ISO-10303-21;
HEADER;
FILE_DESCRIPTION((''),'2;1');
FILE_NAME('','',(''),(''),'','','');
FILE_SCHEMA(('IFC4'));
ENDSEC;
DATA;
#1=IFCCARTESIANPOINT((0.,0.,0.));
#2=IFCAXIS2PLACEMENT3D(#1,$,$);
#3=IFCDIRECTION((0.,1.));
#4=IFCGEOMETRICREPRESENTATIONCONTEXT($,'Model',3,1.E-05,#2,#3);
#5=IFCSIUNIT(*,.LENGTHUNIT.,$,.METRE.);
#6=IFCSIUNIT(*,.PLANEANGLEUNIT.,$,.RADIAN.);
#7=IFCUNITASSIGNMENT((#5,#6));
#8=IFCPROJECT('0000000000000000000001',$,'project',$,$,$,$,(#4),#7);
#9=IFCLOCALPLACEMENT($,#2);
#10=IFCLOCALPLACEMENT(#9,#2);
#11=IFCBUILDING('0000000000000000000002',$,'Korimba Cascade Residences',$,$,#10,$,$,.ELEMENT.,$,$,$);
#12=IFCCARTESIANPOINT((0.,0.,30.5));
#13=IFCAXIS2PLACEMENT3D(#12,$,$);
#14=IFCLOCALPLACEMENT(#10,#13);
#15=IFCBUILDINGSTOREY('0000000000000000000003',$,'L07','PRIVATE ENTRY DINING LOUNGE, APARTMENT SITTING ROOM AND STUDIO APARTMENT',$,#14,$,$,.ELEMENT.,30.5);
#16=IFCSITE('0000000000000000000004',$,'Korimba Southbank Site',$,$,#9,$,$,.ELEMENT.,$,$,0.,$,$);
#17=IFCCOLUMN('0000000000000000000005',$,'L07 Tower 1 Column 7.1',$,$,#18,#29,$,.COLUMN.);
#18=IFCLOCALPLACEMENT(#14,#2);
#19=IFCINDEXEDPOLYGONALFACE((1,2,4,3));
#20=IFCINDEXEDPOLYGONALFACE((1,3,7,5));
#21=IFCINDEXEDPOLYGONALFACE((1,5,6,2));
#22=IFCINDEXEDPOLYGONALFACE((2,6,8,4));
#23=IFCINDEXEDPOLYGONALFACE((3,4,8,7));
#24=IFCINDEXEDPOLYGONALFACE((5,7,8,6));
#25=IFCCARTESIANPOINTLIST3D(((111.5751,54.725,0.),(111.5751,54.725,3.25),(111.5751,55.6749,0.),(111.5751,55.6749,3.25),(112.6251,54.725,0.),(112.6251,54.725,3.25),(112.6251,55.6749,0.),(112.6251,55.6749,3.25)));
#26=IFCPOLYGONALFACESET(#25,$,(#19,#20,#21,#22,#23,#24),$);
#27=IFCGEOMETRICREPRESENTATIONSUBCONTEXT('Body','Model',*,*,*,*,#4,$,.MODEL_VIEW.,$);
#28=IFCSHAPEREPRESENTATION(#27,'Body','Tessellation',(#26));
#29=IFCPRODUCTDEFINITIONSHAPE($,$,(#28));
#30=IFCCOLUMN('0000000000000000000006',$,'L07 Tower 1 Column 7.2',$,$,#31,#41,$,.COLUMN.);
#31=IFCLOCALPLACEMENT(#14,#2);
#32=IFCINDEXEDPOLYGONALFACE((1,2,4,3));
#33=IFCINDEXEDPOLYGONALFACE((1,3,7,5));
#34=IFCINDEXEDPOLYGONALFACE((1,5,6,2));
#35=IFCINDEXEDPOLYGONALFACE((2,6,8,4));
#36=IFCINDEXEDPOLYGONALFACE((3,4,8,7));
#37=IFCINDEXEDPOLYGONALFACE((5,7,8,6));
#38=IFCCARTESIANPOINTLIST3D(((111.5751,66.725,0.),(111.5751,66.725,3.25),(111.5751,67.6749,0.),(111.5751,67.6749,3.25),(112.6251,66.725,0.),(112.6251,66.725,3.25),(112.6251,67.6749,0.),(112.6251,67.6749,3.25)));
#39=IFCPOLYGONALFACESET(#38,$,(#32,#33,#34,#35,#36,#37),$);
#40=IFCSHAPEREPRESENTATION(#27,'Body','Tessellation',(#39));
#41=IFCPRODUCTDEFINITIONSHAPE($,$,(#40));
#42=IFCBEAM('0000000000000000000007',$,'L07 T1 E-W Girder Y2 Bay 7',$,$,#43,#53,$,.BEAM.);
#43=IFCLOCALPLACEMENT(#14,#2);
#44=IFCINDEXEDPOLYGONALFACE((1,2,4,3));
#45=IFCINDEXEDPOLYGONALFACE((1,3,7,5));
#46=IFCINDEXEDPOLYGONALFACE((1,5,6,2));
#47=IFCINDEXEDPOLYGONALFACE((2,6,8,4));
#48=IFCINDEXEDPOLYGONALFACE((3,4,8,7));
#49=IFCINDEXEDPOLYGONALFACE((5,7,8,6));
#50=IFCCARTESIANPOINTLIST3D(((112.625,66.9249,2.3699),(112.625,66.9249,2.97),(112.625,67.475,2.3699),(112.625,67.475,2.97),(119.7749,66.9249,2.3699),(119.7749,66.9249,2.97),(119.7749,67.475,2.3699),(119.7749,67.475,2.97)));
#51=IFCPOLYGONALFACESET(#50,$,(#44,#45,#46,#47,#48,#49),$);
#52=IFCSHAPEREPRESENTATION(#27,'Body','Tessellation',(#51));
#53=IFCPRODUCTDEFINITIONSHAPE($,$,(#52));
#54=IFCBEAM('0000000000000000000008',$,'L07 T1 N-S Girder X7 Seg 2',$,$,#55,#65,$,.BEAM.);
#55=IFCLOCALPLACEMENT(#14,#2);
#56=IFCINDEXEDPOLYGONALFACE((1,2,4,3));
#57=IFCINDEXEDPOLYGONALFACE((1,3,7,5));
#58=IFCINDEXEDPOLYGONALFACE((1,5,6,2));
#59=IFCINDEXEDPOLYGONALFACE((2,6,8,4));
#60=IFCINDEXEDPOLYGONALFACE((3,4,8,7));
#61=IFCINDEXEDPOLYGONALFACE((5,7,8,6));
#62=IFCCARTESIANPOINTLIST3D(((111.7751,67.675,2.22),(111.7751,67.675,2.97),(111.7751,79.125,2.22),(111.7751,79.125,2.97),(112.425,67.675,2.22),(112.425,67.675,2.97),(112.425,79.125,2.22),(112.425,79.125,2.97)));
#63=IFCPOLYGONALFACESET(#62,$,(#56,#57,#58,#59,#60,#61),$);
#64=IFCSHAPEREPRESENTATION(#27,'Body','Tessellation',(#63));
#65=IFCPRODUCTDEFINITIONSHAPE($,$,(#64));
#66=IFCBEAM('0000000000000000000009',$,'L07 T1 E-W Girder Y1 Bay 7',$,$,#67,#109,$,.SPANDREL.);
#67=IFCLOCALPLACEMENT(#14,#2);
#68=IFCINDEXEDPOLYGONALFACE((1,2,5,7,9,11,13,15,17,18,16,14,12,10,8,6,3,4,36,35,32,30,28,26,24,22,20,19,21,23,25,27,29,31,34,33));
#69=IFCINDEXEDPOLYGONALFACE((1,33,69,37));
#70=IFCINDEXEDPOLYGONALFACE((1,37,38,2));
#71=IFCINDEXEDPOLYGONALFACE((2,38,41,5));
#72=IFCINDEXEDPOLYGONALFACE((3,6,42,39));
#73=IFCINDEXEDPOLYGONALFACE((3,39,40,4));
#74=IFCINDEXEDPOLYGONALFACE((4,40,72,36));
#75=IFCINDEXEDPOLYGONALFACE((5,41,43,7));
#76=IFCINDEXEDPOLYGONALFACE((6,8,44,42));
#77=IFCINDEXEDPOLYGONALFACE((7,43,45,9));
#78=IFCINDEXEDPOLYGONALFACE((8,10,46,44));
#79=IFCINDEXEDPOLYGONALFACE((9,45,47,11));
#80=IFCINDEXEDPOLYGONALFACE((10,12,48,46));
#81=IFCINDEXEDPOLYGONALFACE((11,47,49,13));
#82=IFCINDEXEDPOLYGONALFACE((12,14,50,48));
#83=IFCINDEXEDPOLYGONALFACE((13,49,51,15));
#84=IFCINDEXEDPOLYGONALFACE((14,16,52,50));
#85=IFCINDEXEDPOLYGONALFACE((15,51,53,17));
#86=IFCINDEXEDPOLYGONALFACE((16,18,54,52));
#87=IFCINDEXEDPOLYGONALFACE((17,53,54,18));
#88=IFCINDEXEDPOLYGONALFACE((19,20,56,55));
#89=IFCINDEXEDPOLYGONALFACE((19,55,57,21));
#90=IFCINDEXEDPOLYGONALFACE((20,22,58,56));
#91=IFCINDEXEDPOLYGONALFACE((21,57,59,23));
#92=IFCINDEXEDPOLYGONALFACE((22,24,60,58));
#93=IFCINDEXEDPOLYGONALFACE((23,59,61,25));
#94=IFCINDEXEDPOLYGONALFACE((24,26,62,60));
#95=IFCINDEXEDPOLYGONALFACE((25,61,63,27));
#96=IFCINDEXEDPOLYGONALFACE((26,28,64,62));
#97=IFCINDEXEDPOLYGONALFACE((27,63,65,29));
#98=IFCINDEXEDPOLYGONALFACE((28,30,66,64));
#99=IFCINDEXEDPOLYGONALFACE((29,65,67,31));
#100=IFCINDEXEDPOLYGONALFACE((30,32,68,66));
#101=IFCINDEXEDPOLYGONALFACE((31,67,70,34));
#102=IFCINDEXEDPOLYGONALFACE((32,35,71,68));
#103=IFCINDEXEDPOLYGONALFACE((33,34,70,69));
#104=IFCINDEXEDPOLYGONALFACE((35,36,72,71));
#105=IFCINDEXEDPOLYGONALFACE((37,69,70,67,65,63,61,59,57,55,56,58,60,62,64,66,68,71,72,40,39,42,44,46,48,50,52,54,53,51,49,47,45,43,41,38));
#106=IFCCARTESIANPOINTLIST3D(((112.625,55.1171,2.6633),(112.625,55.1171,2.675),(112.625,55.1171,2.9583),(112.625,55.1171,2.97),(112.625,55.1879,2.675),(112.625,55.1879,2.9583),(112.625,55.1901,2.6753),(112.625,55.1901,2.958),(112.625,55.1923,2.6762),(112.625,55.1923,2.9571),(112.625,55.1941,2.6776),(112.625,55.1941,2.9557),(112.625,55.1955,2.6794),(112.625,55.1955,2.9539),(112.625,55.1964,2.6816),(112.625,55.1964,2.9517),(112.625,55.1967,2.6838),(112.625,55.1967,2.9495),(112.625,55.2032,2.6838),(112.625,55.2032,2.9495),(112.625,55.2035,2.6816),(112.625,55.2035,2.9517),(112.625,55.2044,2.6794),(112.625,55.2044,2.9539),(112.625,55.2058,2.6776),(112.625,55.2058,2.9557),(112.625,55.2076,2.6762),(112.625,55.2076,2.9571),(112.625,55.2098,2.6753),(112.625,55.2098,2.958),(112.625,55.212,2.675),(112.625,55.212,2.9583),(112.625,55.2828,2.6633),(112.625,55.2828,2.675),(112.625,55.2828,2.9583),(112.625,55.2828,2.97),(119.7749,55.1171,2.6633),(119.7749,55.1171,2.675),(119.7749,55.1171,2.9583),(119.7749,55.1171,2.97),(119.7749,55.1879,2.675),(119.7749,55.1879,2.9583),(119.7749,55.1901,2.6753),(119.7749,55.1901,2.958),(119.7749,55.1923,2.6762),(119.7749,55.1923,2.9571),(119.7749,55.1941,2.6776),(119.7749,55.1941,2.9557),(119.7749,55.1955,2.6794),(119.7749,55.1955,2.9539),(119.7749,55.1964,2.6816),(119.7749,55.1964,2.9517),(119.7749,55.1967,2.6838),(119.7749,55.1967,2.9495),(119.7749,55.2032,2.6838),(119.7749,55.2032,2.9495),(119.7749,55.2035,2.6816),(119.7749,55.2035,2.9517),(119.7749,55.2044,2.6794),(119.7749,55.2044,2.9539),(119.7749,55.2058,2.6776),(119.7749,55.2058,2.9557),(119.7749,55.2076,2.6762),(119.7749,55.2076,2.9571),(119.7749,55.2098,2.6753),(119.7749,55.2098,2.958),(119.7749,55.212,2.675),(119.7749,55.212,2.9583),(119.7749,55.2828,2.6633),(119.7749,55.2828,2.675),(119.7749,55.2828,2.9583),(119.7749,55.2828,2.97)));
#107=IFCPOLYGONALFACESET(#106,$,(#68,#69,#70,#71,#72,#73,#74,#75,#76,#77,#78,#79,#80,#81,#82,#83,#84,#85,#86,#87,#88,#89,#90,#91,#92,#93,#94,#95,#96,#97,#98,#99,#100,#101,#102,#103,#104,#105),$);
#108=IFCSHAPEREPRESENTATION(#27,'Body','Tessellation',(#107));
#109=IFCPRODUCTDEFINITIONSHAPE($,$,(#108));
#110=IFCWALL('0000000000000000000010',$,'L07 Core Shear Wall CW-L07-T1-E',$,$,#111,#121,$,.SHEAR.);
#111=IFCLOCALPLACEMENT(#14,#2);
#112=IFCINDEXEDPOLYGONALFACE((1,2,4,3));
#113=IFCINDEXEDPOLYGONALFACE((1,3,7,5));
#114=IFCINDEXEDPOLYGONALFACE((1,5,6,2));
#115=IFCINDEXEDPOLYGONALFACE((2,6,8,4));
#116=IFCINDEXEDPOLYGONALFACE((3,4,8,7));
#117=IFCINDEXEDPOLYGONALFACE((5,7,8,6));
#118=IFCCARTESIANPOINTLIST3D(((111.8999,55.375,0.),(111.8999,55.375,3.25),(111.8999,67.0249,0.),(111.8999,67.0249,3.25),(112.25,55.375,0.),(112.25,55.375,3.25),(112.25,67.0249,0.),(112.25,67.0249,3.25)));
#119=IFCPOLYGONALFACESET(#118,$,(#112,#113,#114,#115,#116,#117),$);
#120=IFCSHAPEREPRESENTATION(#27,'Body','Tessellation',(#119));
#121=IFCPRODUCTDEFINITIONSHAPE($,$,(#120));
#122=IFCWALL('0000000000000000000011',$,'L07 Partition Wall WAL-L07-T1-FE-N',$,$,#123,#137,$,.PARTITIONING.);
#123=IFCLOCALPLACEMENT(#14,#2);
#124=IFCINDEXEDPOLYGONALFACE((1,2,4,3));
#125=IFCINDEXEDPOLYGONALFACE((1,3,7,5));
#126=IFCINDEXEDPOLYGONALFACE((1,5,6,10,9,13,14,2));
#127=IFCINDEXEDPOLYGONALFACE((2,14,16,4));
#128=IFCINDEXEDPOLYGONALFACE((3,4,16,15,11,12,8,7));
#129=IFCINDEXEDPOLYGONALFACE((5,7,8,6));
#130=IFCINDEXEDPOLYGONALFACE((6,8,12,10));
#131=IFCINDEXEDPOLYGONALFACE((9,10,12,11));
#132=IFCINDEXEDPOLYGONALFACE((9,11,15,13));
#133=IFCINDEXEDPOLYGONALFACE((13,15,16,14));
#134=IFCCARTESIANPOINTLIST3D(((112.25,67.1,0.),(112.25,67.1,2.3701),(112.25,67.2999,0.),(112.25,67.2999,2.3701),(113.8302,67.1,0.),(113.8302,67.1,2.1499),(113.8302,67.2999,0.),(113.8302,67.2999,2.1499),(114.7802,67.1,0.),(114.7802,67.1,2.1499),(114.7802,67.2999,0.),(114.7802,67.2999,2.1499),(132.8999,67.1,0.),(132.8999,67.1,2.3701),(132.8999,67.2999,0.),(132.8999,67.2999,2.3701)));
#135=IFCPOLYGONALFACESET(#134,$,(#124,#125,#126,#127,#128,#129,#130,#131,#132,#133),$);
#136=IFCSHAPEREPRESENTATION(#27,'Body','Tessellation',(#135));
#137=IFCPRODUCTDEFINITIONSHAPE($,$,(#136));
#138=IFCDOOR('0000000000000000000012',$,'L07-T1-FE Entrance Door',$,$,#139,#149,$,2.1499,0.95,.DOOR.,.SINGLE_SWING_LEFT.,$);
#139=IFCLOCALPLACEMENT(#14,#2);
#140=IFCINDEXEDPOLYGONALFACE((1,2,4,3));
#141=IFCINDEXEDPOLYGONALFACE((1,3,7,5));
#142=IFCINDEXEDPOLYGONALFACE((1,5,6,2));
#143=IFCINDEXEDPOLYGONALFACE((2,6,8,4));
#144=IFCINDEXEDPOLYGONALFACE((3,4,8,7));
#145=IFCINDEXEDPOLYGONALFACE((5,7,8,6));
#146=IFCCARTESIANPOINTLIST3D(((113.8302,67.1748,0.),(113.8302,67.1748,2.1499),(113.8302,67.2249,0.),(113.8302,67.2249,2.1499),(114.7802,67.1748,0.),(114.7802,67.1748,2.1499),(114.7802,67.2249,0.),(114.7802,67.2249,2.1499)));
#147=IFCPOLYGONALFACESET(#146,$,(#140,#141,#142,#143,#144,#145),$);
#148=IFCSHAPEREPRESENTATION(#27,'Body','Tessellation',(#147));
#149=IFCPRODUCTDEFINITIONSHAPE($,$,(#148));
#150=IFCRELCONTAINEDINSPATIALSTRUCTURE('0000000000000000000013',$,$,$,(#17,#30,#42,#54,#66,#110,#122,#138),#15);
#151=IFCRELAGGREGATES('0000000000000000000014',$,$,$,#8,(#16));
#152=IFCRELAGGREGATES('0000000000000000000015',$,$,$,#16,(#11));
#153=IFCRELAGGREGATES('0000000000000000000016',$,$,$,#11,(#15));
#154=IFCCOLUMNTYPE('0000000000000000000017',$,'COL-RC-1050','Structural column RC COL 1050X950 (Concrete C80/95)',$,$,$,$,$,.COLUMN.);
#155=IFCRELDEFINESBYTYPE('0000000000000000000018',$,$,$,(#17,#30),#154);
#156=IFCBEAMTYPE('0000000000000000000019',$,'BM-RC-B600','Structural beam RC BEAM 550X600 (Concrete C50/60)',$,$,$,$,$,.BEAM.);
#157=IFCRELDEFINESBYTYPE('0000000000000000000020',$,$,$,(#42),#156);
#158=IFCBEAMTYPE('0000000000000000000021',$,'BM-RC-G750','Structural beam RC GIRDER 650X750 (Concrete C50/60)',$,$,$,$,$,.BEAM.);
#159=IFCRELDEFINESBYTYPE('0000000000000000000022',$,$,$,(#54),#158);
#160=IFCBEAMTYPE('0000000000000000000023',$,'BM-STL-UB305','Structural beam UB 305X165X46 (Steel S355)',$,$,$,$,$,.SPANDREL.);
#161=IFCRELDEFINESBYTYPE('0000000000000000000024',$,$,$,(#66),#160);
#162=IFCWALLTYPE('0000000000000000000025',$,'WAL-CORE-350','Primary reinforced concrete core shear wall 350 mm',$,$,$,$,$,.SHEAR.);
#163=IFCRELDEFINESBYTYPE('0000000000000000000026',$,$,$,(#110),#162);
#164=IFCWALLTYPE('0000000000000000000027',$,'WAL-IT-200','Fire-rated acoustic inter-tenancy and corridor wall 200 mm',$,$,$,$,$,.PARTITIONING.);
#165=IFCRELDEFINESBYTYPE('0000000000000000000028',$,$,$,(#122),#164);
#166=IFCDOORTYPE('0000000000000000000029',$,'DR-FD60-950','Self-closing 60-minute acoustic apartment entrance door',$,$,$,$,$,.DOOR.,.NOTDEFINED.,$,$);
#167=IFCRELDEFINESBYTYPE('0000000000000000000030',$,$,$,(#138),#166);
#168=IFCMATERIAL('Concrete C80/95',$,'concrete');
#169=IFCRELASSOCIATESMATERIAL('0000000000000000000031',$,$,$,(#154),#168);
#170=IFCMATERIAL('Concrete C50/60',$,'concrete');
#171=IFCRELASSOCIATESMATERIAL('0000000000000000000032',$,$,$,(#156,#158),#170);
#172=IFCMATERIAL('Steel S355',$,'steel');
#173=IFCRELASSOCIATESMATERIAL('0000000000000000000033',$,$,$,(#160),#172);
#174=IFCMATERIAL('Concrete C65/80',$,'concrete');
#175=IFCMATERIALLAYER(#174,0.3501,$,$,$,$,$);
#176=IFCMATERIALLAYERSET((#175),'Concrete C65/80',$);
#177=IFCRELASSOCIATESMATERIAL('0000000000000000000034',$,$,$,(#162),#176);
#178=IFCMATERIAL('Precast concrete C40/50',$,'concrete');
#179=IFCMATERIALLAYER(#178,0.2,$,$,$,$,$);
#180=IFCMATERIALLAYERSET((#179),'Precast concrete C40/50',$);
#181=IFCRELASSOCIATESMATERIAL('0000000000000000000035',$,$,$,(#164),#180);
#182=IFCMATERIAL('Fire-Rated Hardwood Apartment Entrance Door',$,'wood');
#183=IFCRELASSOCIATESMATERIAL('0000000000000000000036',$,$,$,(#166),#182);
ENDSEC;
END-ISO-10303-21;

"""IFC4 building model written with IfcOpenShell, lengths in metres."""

from ifc_helpers import new_model, si_unit, direction, frame, frame_2d, origin, origin_2d, place, context, subcontext, project, spatial, rectangle, i_section, extrude, material, layer, layer_set, material_profile, profile_set, type_object, element, fill, save


model = new_model("IFC4")

# Units and contexts
model_context = context("Model", 3, precision=1e-05, world=origin(), true_north=direction((0.0, 1.0)))
body_context = subcontext(model_context, "Body", "Model", "MODEL_VIEW")
ifc_project = project(units=[si_unit("LENGTHUNIT", "METRE"), si_unit("PLANEANGLEUNIT", "RADIAN")], contexts=[model_context])

# Site, building, storey
site_placement = place(None, origin())
site = spatial("IfcSite", under=ifc_project, at=site_placement, Name="Korimba Southbank Site", CompositionType="ELEMENT", RefElevation=0.0)
building_placement = place(site_placement, origin())
building = spatial("IfcBuilding", under=site, at=building_placement, Name="Korimba Cascade Residences", CompositionType="ELEMENT")
storey_placement = place(building_placement, frame((0.0, 0.0, 30.5)))
storey = spatial("IfcBuildingStorey", under=building, at=storey_placement, Name="L07", Description="PRIVATE ENTRY DINING LOUNGE, APARTMENT SITTING ROOM AND STUDIO APARTMENT", CompositionType="ELEMENT", Elevation=30.5)

# Columns
ifc_material_1 = material(Name="Concrete C80/95", Category="concrete")
ifc_material_profile_1 = material_profile(ifc_material_1, rectangle(XDim=1.05, YDim=0.95, at=origin_2d()), Name="Concrete C80/95")
ifc_profile_set_1 = profile_set([ifc_material_profile_1], Name="Concrete C80/95")
column_type = type_object("IfcColumnType", Name="COL-RC-1050", Description="Structural column RC COL 1050X950 (Concrete C80/95)", PredefinedType="COLUMN", material=ifc_profile_set_1)
for number, where, z_axis, x_axis, name in (
    (1, (112.1001, 55.2, 0.0), (0.0, 0.0, 1.0), (1.0, 0.0, 0.0), "L07 Tower 1 Column 7.1"),
    (2, (112.1001, 67.2, 0.0), (0.0, 0.0, 1.0), (1.0, 0.0, 0.0), "L07 Tower 1 Column 7.2"),
):
    element("IfcColumn", number, at=place(storey_placement, frame(where, z_axis=z_axis, x_axis=x_axis)), inside=storey, type_object=column_type, Name=name, PredefinedType="COLUMN", context=body_context, shape_type="SweptSolid", body=[
        extrude(rectangle(XDim=1.05, YDim=0.95, at=origin_2d()), origin(), (0.0, 0.0, 1.0), 3.25),
    ])

# Beams
ifc_material_2 = material(Name="Concrete C50/60", Category="concrete")
ifc_material_profile_2 = material_profile(ifc_material_2, rectangle(XDim=0.55, YDim=0.6001, at=origin_2d()), Name="Concrete C50/60")
ifc_profile_set_2 = profile_set([ifc_material_profile_2], Name="Concrete C50/60")
beam_type_1 = type_object("IfcBeamType", Name="BM-RC-B600", Description="Structural beam RC BEAM 550X600 (Concrete C50/60)", PredefinedType="BEAM", material=ifc_profile_set_2)
beam_1_placement = place(storey_placement, frame((112.625, 67.2, 2.6699), z_axis=(1.0, 0.0, 0.0), x_axis=(0.0, 1.0, 0.0)))
element("IfcBeam", 3, at=beam_1_placement, inside=storey, type_object=beam_type_1, Name="L07 T1 E-W Girder Y2 Bay 7", PredefinedType="BEAM", context=body_context, shape_type="SweptSolid", body=[
    extrude(rectangle(XDim=0.55, YDim=0.6001, at=origin_2d()), origin(), (0.0, 0.0, 1.0), 7.1499),
])
ifc_material_profile_3 = material_profile(ifc_material_2, rectangle(XDim=0.6499, YDim=0.75, at=origin_2d()), Name="Concrete C50/60")
ifc_profile_set_3 = profile_set([ifc_material_profile_3], Name="Concrete C50/60")
beam_type_2 = type_object("IfcBeamType", Name="BM-RC-G750", Description="Structural beam RC GIRDER 650X750 (Concrete C50/60)", PredefinedType="BEAM", material=ifc_profile_set_3)
beam_2_placement = place(storey_placement, frame((112.1001, 67.675, 2.595), z_axis=(0.0, 1.0, 0.0), x_axis=(-1.0, 0.0, 0.0)))
element("IfcBeam", 4, at=beam_2_placement, inside=storey, type_object=beam_type_2, Name="L07 T1 N-S Girder X7 Seg 2", PredefinedType="BEAM", context=body_context, shape_type="SweptSolid", body=[
    extrude(rectangle(XDim=0.6499, YDim=0.75, at=origin_2d()), origin(), (0.0, 0.0, 1.0), 11.45),
])
ifc_material_3 = material(Name="Steel S355", Category="steel")
ifc_material_profile_4 = material_profile(ifc_material_3, i_section(OverallWidth=0.1658, OverallDepth=0.3066, WebThickness=0.0066, FlangeThickness=0.0117, FilletRadius=0.0088, at=origin_2d()), Name="Steel S355")
ifc_profile_set_4 = profile_set([ifc_material_profile_4], Name="Steel S355")
beam_type_3 = type_object("IfcBeamType", Name="BM-STL-UB305", Description="Structural beam UB 305X165X46 (Steel S355)", PredefinedType="SPANDREL", material=ifc_profile_set_4)
beam_3_placement = place(storey_placement, frame((112.625, 55.2, 2.8167), z_axis=(1.0, 0.0, 0.0), x_axis=(0.0, 1.0, 0.0)))
element("IfcBeam", 5, at=beam_3_placement, inside=storey, type_object=beam_type_3, Name="L07 T1 E-W Girder Y1 Bay 7", PredefinedType="SPANDREL", context=body_context, shape_type="SweptSolid", body=[
    extrude(i_section(OverallWidth=0.1658, OverallDepth=0.3066, WebThickness=0.0066, FlangeThickness=0.0117, FilletRadius=0.0088, at=origin_2d()), origin(), (0.0, 0.0, 1.0), 7.1499),
])

# Wall
ifc_material_4 = material(Name="Concrete C65/80", Category="concrete")
ifc_layer_1 = layer(ifc_material_4, 0.3501)
ifc_layer_set_1 = layer_set([ifc_layer_1], Name="Concrete C65/80")
wall_type_1 = type_object("IfcWallType", Name="WAL-CORE-350", Description="Primary reinforced concrete core shear wall 350 mm", PredefinedType="SHEAR", material=ifc_layer_set_1)
wall_1_placement = place(storey_placement, frame((112.075, 55.375, 0.0), z_axis=(0.0, 0.0, 1.0), x_axis=(0.0, 1.0, 0.0)))
element("IfcWall", 6, at=wall_1_placement, inside=storey, type_object=wall_type_1, Name="L07 Core Shear Wall CW-L07-T1-E", PredefinedType="SHEAR", context=body_context, shape_type="SweptSolid", body=[
    extrude(rectangle(XDim=11.6499, YDim=0.3501, at=frame_2d((5.825, 0.0))), origin(), (0.0, 0.0, 1.0), 3.25),
])

# Wall, opening, door
ifc_material_5 = material(Name="Precast concrete C40/50", Category="concrete")
ifc_layer_2 = layer(ifc_material_5, 0.2)
ifc_layer_set_2 = layer_set([ifc_layer_2], Name="Precast concrete C40/50")
wall_type_2 = type_object("IfcWallType", Name="WAL-IT-200", Description="Fire-rated acoustic inter-tenancy and corridor wall 200 mm", PredefinedType="PARTITIONING", material=ifc_layer_set_2)
wall_2_placement = place(storey_placement, frame((112.25, 67.2, 0.0), z_axis=(0.0, 0.0, 1.0), x_axis=(1.0, 0.0, 0.0)))
wall_2 = element("IfcWall", 7, at=wall_2_placement, inside=storey, type_object=wall_type_2, Name="L07 Partition Wall WAL-L07-T1-FE-N", PredefinedType="PARTITIONING", context=body_context, shape_type="SweptSolid", body=[
    extrude(rectangle(XDim=20.6499, YDim=0.2, at=frame_2d((10.325, 0.0))), origin(), (0.0, 0.0, 1.0), 2.3701),
])
opening_1_placement = place(wall_2_placement, frame((1.5801, 0.0, 0.0)))
opening_1 = element("IfcOpeningElement", 8, at=opening_1_placement, cuts=wall_2, PredefinedType="OPENING", context=body_context, shape_type="SweptSolid", body=[
    extrude(rectangle(XDim=0.95, YDim=2.1499, at=frame_2d((0.4751, 1.075))), frame((0.0, 0.1099, 0.0), z_axis=(0.0, -1.0, 0.0), x_axis=(1.0, 0.0, 0.0)), (0.0, 0.0, 1.0), 0.22),
])
ifc_material_6 = material(Name="Fire-Rated Hardwood Apartment Entrance Door", Category="wood")
door_type_1 = type_object("IfcDoorType", Name="DR-FD60-950", Description="Self-closing 60-minute acoustic apartment entrance door", OperationType="NOTDEFINED", PredefinedType="DOOR", material=ifc_material_6)
door_1_placement = place(opening_1_placement, origin())
door_1 = element("IfcDoor", 9, at=door_1_placement, inside=storey, type_object=door_type_1, Name="L07-T1-FE Entrance Door", OperationType="SINGLE_SWING_LEFT", OverallHeight=2.1499, OverallWidth=0.95, PredefinedType="DOOR", context=body_context, shape_type="SweptSolid", body=[
    extrude(rectangle(XDim=0.95, YDim=2.1499, at=frame_2d((0.4751, 1.075))), frame((0.0, 0.0249, 0.0), z_axis=(0.0, -1.0, 0.0), x_axis=(1.0, 0.0, 0.0)), (0.0, 0.0, 1.0), 0.05),
])
fill(opening_1, door_1)

save(model, "model.ifc")
